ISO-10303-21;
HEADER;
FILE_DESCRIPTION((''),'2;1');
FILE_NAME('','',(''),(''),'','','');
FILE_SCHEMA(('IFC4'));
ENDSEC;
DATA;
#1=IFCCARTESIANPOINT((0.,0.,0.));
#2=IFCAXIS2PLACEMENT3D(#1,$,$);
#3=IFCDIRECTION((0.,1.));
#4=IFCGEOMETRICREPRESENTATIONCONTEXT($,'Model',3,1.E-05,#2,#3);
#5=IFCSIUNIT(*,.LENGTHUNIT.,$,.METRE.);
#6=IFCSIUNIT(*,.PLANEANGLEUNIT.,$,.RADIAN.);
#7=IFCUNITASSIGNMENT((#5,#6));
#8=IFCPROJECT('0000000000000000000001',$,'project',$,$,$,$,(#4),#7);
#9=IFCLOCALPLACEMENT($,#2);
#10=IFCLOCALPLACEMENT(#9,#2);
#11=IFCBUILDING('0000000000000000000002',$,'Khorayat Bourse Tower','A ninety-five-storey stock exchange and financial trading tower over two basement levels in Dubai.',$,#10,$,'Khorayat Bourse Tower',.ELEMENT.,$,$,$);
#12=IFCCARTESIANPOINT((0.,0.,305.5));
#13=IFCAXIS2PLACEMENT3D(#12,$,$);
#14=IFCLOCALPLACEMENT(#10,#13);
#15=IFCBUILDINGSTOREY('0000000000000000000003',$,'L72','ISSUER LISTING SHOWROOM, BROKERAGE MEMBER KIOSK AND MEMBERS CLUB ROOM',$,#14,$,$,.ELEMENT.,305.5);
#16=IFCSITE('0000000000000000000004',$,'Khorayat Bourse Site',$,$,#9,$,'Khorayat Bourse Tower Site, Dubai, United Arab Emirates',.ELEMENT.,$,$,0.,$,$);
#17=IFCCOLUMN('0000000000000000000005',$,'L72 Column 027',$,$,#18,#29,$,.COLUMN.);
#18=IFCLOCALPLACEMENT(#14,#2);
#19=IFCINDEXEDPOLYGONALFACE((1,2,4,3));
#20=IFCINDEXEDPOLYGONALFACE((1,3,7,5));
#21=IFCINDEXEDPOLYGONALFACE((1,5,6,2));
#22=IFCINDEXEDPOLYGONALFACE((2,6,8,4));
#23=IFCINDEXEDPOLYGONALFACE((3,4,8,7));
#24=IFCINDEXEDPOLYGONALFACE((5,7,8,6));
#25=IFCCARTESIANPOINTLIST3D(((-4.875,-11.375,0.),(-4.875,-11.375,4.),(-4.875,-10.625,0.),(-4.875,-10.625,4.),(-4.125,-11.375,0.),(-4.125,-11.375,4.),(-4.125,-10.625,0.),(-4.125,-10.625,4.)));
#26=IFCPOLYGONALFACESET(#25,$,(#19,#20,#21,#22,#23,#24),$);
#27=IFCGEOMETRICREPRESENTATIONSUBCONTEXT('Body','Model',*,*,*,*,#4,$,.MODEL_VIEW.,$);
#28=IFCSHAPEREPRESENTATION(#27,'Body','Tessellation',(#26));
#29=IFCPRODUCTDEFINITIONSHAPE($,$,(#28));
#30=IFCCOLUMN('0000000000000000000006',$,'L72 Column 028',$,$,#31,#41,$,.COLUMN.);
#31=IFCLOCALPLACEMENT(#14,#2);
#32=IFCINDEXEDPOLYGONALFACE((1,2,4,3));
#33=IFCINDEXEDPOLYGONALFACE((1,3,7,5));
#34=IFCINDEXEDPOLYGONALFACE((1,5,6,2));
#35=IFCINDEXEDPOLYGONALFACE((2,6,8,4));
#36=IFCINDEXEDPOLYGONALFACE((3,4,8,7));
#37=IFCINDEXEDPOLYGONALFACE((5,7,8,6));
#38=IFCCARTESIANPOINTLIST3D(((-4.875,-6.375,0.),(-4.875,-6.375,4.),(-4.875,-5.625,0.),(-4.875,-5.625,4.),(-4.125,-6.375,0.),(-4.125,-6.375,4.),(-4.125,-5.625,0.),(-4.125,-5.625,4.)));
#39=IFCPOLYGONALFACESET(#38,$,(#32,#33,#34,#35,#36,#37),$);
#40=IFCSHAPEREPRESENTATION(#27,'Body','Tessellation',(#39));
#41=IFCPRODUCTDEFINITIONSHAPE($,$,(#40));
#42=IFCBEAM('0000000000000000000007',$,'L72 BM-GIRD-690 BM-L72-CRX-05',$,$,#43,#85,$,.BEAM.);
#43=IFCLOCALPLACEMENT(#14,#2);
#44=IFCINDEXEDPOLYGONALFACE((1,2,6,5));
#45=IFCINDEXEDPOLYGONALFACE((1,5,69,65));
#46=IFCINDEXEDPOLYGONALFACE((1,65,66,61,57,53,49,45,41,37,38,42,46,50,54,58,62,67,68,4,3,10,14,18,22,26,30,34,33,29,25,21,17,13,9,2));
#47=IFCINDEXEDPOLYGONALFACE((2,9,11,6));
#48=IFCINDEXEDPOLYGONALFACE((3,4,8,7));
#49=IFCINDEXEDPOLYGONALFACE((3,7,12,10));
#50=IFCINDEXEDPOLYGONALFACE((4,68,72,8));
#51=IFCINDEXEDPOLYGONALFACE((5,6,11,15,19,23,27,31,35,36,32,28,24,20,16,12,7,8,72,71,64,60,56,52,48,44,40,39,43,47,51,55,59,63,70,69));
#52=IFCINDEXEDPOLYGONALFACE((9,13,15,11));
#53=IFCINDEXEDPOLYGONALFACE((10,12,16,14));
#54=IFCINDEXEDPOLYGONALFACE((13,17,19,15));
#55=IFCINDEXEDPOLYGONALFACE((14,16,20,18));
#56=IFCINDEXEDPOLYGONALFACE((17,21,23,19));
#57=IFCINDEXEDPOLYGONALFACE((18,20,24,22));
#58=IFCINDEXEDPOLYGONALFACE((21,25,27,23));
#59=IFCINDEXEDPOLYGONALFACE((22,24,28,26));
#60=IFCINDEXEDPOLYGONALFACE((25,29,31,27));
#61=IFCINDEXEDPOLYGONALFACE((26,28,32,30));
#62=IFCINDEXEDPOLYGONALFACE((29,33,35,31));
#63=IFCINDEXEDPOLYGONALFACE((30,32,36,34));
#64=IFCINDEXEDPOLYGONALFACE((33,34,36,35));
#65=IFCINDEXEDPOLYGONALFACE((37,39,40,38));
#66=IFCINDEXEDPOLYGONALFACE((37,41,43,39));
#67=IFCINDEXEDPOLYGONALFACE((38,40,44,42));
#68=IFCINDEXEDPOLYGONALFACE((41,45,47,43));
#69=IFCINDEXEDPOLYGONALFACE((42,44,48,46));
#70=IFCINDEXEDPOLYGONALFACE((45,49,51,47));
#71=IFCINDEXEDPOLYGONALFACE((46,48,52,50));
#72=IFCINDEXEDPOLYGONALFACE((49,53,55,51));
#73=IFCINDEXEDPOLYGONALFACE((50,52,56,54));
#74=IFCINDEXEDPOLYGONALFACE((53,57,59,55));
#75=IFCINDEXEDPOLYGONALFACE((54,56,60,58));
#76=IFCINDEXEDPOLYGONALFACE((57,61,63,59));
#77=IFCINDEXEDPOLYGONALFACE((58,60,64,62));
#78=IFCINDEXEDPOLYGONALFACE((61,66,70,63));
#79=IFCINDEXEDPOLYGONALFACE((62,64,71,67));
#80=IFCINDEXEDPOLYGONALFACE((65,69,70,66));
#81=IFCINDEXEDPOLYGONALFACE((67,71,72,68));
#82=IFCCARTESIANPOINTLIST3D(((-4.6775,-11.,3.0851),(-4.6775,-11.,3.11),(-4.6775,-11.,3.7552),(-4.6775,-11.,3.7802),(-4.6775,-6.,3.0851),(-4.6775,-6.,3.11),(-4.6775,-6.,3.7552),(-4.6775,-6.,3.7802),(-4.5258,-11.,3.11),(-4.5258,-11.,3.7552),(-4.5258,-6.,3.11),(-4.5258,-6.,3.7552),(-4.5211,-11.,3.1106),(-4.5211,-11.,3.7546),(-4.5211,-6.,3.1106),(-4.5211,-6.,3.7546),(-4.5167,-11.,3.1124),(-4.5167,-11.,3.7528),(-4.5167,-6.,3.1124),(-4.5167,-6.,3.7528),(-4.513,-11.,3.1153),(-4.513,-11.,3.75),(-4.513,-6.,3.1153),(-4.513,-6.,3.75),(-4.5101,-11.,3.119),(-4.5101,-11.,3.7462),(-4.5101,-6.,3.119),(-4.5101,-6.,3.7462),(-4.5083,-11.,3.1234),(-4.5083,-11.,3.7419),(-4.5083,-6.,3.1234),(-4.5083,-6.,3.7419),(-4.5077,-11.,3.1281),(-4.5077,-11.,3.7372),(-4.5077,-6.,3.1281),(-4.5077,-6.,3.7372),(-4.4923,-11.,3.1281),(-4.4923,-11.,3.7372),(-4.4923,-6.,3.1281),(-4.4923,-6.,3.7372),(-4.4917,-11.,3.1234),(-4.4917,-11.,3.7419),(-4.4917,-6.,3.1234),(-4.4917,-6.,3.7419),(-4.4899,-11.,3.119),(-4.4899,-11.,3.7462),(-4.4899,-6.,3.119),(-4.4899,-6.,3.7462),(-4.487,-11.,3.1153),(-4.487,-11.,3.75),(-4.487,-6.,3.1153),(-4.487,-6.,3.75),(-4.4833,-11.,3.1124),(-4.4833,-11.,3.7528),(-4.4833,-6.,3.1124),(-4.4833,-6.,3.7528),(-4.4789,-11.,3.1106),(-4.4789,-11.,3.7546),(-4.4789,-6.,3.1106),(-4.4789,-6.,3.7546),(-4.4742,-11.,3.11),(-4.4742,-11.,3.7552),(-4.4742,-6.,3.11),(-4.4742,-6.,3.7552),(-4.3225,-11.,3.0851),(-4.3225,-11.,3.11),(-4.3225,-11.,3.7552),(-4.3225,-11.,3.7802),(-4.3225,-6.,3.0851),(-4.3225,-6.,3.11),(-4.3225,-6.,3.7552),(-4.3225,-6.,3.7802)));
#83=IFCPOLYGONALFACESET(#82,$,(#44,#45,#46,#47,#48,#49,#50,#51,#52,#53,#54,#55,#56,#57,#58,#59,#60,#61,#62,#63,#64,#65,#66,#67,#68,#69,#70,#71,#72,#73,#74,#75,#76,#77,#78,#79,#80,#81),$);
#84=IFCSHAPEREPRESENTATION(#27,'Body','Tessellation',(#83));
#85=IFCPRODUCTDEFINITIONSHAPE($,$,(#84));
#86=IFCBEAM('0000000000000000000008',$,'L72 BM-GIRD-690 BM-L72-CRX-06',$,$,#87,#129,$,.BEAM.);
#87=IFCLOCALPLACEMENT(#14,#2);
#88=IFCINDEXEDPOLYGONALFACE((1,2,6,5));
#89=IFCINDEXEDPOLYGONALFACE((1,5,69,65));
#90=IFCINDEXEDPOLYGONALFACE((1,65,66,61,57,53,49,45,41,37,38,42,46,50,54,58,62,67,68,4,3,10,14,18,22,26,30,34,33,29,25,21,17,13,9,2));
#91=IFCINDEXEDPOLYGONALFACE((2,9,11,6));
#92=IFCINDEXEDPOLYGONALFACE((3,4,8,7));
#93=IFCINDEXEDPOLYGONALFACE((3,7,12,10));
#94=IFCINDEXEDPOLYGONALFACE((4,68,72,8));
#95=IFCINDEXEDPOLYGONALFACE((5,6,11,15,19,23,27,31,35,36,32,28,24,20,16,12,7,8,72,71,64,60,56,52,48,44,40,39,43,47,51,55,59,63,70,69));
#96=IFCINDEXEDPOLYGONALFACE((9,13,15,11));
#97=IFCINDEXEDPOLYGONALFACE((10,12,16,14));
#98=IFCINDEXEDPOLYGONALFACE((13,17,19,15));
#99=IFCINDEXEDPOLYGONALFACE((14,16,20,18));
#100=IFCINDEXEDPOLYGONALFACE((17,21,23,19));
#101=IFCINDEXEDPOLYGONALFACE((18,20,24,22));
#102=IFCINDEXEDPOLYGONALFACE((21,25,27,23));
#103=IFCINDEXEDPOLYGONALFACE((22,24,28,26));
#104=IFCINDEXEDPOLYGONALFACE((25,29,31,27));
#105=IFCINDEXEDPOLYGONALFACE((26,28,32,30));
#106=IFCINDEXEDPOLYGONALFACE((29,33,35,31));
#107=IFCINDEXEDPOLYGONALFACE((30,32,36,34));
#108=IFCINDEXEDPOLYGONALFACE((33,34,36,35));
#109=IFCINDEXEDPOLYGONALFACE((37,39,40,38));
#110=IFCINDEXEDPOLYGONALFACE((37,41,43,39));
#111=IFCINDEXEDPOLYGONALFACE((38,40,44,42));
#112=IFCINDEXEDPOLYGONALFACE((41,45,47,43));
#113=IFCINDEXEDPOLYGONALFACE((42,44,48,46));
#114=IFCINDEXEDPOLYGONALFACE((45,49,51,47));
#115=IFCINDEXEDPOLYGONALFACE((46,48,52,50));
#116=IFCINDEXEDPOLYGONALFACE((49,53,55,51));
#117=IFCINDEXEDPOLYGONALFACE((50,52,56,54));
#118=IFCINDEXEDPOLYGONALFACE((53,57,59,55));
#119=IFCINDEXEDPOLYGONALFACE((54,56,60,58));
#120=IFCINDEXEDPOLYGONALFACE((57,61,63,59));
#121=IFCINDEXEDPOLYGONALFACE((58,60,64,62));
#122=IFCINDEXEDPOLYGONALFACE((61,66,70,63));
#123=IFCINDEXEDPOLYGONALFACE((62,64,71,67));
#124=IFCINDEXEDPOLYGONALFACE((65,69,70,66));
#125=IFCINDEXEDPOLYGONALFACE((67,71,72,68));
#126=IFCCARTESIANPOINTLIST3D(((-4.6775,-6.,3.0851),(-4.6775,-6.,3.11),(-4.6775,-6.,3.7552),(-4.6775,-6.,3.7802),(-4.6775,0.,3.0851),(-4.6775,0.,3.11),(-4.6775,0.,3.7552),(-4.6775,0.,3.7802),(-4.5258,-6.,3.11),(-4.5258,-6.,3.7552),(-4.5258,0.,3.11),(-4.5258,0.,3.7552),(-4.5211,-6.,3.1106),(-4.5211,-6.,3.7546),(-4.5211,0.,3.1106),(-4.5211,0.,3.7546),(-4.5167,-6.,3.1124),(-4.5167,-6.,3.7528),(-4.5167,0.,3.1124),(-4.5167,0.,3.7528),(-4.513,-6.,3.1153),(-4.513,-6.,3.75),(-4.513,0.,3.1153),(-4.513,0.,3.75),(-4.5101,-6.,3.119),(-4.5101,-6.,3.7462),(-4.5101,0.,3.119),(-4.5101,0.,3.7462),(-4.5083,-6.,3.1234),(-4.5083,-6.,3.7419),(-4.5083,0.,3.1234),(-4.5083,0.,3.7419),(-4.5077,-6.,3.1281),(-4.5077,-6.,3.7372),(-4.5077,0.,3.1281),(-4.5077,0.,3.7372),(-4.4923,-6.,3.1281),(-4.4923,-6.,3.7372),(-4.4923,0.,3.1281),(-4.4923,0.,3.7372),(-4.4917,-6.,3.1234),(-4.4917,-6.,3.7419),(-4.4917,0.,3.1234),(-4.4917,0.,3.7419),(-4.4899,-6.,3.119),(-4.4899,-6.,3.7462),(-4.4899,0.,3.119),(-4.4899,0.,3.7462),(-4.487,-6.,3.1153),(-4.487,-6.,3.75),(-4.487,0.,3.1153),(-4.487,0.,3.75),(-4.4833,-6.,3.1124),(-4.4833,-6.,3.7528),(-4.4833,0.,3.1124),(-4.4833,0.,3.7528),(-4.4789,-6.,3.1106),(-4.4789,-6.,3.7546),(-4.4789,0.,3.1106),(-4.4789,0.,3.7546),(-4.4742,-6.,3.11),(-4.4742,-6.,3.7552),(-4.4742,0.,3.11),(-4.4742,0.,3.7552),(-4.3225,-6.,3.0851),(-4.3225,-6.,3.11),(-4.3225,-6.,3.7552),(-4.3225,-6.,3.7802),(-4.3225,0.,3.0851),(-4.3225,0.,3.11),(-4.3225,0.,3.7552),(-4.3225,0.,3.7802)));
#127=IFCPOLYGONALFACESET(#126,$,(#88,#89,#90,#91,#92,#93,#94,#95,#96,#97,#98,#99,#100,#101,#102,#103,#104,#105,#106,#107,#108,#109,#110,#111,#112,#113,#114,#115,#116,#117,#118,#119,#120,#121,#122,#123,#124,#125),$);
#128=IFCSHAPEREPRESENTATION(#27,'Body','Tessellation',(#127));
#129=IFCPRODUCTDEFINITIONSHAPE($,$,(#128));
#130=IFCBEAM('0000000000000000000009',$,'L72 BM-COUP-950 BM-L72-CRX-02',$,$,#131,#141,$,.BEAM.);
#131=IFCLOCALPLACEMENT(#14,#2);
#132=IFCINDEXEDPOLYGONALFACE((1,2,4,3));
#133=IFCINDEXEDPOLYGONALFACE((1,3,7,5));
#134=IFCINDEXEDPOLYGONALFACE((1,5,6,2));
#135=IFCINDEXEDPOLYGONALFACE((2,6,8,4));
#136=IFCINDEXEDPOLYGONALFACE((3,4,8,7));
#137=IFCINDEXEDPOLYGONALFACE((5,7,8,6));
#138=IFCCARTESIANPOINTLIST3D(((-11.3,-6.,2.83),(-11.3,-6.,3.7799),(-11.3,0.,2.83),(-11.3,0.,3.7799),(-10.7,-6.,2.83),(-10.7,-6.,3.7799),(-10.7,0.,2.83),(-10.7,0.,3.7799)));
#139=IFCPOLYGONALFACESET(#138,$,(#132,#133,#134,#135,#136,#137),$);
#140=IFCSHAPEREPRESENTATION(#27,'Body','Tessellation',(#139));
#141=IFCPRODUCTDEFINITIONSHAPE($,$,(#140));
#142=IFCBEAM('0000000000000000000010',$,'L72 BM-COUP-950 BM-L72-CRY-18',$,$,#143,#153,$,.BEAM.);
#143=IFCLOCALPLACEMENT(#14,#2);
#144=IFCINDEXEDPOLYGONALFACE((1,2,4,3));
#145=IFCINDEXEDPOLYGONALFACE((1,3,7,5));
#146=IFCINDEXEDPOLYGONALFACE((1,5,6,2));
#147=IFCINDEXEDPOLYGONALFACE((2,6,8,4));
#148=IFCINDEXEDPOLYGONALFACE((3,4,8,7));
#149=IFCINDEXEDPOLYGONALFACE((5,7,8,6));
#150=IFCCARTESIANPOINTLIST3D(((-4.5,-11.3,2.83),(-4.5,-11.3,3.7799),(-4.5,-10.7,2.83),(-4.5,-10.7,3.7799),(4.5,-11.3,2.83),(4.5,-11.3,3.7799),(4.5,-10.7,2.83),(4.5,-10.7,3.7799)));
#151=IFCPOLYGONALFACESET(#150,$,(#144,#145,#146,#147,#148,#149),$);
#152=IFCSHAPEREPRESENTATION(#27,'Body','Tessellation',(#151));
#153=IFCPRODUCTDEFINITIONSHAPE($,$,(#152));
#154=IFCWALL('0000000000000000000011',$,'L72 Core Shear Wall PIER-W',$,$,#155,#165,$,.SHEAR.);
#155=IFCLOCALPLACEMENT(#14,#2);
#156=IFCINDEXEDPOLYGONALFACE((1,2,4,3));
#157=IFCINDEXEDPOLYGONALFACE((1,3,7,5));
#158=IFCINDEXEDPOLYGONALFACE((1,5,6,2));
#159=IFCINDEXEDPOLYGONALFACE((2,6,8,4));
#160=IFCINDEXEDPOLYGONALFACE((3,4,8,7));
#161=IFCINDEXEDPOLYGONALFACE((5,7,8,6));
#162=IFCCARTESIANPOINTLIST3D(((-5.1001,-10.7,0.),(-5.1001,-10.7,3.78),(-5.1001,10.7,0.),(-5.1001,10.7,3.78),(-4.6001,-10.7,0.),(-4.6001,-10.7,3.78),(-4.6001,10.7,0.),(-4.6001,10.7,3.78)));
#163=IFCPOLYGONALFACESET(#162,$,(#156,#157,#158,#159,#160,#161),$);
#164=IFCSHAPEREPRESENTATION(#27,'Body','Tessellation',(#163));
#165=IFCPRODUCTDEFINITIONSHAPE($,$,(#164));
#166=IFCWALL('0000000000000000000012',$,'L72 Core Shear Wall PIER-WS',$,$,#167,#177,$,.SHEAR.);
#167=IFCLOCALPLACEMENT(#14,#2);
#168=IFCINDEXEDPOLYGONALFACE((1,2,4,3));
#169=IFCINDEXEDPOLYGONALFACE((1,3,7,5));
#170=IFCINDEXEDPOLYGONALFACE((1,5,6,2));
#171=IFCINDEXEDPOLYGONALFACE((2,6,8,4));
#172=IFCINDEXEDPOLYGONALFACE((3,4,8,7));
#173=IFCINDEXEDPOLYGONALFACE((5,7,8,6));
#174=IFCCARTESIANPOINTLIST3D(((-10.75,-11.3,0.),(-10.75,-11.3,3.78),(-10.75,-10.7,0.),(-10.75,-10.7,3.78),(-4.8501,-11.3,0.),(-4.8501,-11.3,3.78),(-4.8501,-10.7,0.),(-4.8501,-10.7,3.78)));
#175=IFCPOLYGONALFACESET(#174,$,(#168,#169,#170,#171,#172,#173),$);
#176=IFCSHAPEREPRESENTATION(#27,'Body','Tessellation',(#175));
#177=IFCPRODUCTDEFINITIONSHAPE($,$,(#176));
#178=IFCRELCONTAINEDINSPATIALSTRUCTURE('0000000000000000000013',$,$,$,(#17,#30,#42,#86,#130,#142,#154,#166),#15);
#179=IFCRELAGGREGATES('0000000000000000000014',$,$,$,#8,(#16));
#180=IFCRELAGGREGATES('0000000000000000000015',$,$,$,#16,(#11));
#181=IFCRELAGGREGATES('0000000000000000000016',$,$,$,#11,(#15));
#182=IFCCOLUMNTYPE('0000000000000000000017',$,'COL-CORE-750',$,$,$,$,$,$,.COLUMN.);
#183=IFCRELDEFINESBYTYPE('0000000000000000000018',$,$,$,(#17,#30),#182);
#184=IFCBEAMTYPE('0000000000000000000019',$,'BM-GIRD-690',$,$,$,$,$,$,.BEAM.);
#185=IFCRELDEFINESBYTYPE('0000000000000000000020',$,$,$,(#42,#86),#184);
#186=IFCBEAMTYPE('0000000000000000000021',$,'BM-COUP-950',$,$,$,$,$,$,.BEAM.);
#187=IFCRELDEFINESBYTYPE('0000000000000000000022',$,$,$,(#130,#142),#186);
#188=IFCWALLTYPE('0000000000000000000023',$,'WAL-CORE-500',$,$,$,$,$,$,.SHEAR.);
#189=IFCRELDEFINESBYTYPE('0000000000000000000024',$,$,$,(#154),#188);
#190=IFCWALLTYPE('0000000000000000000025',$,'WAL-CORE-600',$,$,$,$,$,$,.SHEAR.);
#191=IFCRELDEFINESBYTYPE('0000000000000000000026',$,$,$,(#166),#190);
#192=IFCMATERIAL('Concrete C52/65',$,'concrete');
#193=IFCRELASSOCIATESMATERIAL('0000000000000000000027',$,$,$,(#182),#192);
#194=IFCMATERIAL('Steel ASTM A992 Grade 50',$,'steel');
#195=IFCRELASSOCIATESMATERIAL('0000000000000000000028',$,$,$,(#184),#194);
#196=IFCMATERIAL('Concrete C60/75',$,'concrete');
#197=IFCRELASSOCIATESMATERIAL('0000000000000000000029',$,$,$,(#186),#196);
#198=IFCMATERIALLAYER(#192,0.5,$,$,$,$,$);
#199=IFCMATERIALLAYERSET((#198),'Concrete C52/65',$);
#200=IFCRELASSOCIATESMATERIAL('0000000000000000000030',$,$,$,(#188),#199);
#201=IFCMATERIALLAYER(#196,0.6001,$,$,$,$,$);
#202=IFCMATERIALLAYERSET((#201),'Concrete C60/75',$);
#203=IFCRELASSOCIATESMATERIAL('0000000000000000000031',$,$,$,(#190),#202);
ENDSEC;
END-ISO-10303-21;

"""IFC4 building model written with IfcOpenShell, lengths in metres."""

from ifc_helpers import new_model, si_unit, direction, frame, frame_2d, origin, origin_2d, place, context, subcontext, project, spatial, rectangle, i_section, extrude, source, transform, mapped, material, layer, layer_set, material_profile, profile_set, type_object, element, save


model = new_model("IFC4")

# Units and contexts
model_context = context("Model", 3, precision=1e-05, world=origin(), true_north=direction((0.0, 1.0)))
body_context = subcontext(model_context, "Body", "Model", "MODEL_VIEW")
ifc_project = project(units=[si_unit("LENGTHUNIT", "METRE"), si_unit("PLANEANGLEUNIT", "RADIAN")], contexts=[model_context])

# Site, building, storey
site_placement = place(None, origin())
site = spatial("IfcSite", under=ifc_project, at=site_placement, Name="Khorayat Bourse Site", LongName="Khorayat Bourse Tower Site, Dubai, United Arab Emirates", CompositionType="ELEMENT", RefElevation=0.0)
building_placement = place(site_placement, origin())
building = spatial("IfcBuilding", under=site, at=building_placement, Name="Khorayat Bourse Tower", Description="A ninety-five-storey stock exchange and financial trading tower over two basement levels in Dubai.", LongName="Khorayat Bourse Tower", CompositionType="ELEMENT")
storey_placement = place(building_placement, frame((0.0, 0.0, 305.5)))
storey = spatial("IfcBuildingStorey", under=building, at=storey_placement, Name="L72", Description="ISSUER LISTING SHOWROOM, BROKERAGE MEMBER KIOSK AND MEMBERS CLUB ROOM", CompositionType="ELEMENT", Elevation=305.5)

# Columns
ifc_material_1 = material(Name="Concrete C52/65", Category="concrete")
ifc_material_profile_1 = material_profile(ifc_material_1, rectangle(XDim=0.75, YDim=0.75, at=origin_2d()), Name="RC 750x750")
ifc_profile_set_1 = profile_set([ifc_material_profile_1], Name="Concrete C52/65")
column_type = type_object("IfcColumnType", Name="COL-CORE-750", PredefinedType="COLUMN", material=ifc_profile_set_1)
shared_shape_1 = source(origin(), body_context, "Body", "SweptSolid", [
    extrude(rectangle(XDim=0.75, YDim=0.75, at=origin_2d()), origin(), (0.0, 0.0, 1.0), 4.0),
])
for number, where, z_axis, x_axis, name in (
    (1, (-4.5, -11.0, 0.0), (0.0, 0.0, 1.0), (1.0, 0.0, 0.0), "L72 Column 027"),
    (2, (-4.5, -6.0, 0.0), (0.0, 0.0, 1.0), (1.0, 0.0, 0.0), "L72 Column 028"),
):
    element("IfcColumn", number, at=place(storey_placement, frame(where, z_axis=z_axis, x_axis=x_axis)), inside=storey, type_object=column_type, Name=name, PredefinedType="COLUMN", context=body_context, shape_type="MappedRepresentation", body=[
        mapped(shared_shape_1, transform((0.0, 0.0, 0.0), scale=1.0)),
    ])

# Beams
ifc_material_2 = material(Name="Steel ASTM A992 Grade 50", Category="steel")
ifc_material_profile_2 = material_profile(ifc_material_2, i_section(OverallWidth=0.355, OverallDepth=0.6951, WebThickness=0.0154, FlangeThickness=0.0249, FilletRadius=0.0181, at=origin_2d()), Name="W690X217")
ifc_profile_set_2 = profile_set([ifc_material_profile_2], Name="Steel ASTM A992 Grade 50")
beam_type_1 = type_object("IfcBeamType", Name="BM-GIRD-690", PredefinedType="BEAM", material=ifc_profile_set_2)
shared_shape_2 = source(origin(), body_context, "Body", "SweptSolid", [
    extrude(i_section(OverallWidth=0.355, OverallDepth=0.6951, WebThickness=0.0154, FlangeThickness=0.0249, FilletRadius=0.0181, at=origin_2d()), origin(), (0.0, 0.0, 1.0), 5.0),
])
beam_1_placement = place(storey_placement, frame((-4.5, -11.0, 3.4326), z_axis=(0.0, 1.0, 0.0), x_axis=(-1.0, 0.0, 0.0)))
element("IfcBeam", 3, at=beam_1_placement, inside=storey, type_object=beam_type_1, Name="L72 BM-GIRD-690 BM-L72-CRX-05", PredefinedType="BEAM", context=body_context, shape_type="MappedRepresentation", body=[
    mapped(shared_shape_2, transform((0.0, 0.0, 0.0), scale=1.0)),
])
shared_shape_3 = source(origin(), body_context, "Body", "SweptSolid", [
    extrude(i_section(OverallWidth=0.355, OverallDepth=0.6951, WebThickness=0.0154, FlangeThickness=0.0249, FilletRadius=0.0181, at=origin_2d()), origin(), (0.0, 0.0, 1.0), 6.0),
])
beam_2_placement = place(storey_placement, frame((-4.5, -6.0, 3.4326), z_axis=(0.0, 1.0, 0.0), x_axis=(-1.0, 0.0, 0.0)))
element("IfcBeam", 4, at=beam_2_placement, inside=storey, type_object=beam_type_1, Name="L72 BM-GIRD-690 BM-L72-CRX-06", PredefinedType="BEAM", context=body_context, shape_type="MappedRepresentation", body=[
    mapped(shared_shape_3, transform((0.0, 0.0, 0.0), scale=1.0)),
])
ifc_material_3 = material(Name="Concrete C60/75", Category="concrete")
ifc_material_profile_3 = material_profile(ifc_material_3, rectangle(XDim=0.6001, YDim=0.95, at=origin_2d()), Name="RC 600x950")
ifc_profile_set_3 = profile_set([ifc_material_profile_3], Name="Concrete C60/75")
beam_type_2 = type_object("IfcBeamType", Name="BM-COUP-950", PredefinedType="BEAM", material=ifc_profile_set_3)
shared_shape_4 = source(origin(), body_context, "Body", "SweptSolid", [
    extrude(rectangle(XDim=0.6001, YDim=0.95, at=origin_2d()), origin(), (0.0, 0.0, 1.0), 6.0),
])
beam_3_placement = place(storey_placement, frame((-11.0, -6.0, 3.3049), z_axis=(0.0, 1.0, 0.0), x_axis=(-1.0, 0.0, 0.0)))
element("IfcBeam", 5, at=beam_3_placement, inside=storey, type_object=beam_type_2, Name="L72 BM-COUP-950 BM-L72-CRX-02", PredefinedType="BEAM", context=body_context, shape_type="MappedRepresentation", body=[
    mapped(shared_shape_4, transform((0.0, 0.0, 0.0), scale=1.0)),
])
shared_shape_5 = source(origin(), body_context, "Body", "SweptSolid", [
    extrude(rectangle(XDim=0.6001, YDim=0.95, at=origin_2d()), origin(), (0.0, 0.0, 1.0), 9.0),
])
beam_4_placement = place(storey_placement, frame((-4.5, -11.0, 3.3049), z_axis=(1.0, 0.0, 0.0), x_axis=(0.0, 1.0, 0.0)))
element("IfcBeam", 6, at=beam_4_placement, inside=storey, type_object=beam_type_2, Name="L72 BM-COUP-950 BM-L72-CRY-18", PredefinedType="BEAM", context=body_context, shape_type="MappedRepresentation", body=[
    mapped(shared_shape_5, transform((0.0, 0.0, 0.0), scale=1.0)),
])

# Walls
ifc_layer_1 = layer(ifc_material_1, 0.5)
ifc_layer_set_1 = layer_set([ifc_layer_1], Name="Concrete C52/65")
wall_type_1 = type_object("IfcWallType", Name="WAL-CORE-500", PredefinedType="SHEAR", material=ifc_layer_set_1)
shared_shape_6 = source(origin(), body_context, "Body", "SweptSolid", [
    extrude(rectangle(XDim=21.3999, YDim=0.5, at=frame_2d((10.7, 0.0))), origin(), (0.0, 0.0, 1.0), 3.78),
])
wall_1_placement = place(storey_placement, frame((-4.8501, -10.7, 0.0), z_axis=(0.0, 0.0, 1.0), x_axis=(0.0, 1.0, 0.0)))
element("IfcWall", 7, at=wall_1_placement, inside=storey, type_object=wall_type_1, Name="L72 Core Shear Wall PIER-W", PredefinedType="SHEAR", context=body_context, shape_type="MappedRepresentation", body=[
    mapped(shared_shape_6, transform((0.0, 0.0, 0.0), scale=1.0)),
])
ifc_layer_2 = layer(ifc_material_3, 0.6001)
ifc_layer_set_2 = layer_set([ifc_layer_2], Name="Concrete C60/75")
wall_type_2 = type_object("IfcWallType", Name="WAL-CORE-600", PredefinedType="SHEAR", material=ifc_layer_set_2)
shared_shape_7 = source(origin(), body_context, "Body", "SweptSolid", [
    extrude(rectangle(XDim=5.8999, YDim=0.6001, at=frame_2d((2.95, 0.0))), origin(), (0.0, 0.0, 1.0), 3.78),
])
wall_2_placement = place(storey_placement, frame((-10.75, -11.0, 0.0), z_axis=(0.0, 0.0, 1.0), x_axis=(1.0, 0.0, 0.0)))
element("IfcWall", 8, at=wall_2_placement, inside=storey, type_object=wall_type_2, Name="L72 Core Shear Wall PIER-WS", PredefinedType="SHEAR", context=body_context, shape_type="MappedRepresentation", body=[
    mapped(shared_shape_7, transform((0.0, 0.0, 0.0), scale=1.0)),
])

save(model, "model.ifc")
